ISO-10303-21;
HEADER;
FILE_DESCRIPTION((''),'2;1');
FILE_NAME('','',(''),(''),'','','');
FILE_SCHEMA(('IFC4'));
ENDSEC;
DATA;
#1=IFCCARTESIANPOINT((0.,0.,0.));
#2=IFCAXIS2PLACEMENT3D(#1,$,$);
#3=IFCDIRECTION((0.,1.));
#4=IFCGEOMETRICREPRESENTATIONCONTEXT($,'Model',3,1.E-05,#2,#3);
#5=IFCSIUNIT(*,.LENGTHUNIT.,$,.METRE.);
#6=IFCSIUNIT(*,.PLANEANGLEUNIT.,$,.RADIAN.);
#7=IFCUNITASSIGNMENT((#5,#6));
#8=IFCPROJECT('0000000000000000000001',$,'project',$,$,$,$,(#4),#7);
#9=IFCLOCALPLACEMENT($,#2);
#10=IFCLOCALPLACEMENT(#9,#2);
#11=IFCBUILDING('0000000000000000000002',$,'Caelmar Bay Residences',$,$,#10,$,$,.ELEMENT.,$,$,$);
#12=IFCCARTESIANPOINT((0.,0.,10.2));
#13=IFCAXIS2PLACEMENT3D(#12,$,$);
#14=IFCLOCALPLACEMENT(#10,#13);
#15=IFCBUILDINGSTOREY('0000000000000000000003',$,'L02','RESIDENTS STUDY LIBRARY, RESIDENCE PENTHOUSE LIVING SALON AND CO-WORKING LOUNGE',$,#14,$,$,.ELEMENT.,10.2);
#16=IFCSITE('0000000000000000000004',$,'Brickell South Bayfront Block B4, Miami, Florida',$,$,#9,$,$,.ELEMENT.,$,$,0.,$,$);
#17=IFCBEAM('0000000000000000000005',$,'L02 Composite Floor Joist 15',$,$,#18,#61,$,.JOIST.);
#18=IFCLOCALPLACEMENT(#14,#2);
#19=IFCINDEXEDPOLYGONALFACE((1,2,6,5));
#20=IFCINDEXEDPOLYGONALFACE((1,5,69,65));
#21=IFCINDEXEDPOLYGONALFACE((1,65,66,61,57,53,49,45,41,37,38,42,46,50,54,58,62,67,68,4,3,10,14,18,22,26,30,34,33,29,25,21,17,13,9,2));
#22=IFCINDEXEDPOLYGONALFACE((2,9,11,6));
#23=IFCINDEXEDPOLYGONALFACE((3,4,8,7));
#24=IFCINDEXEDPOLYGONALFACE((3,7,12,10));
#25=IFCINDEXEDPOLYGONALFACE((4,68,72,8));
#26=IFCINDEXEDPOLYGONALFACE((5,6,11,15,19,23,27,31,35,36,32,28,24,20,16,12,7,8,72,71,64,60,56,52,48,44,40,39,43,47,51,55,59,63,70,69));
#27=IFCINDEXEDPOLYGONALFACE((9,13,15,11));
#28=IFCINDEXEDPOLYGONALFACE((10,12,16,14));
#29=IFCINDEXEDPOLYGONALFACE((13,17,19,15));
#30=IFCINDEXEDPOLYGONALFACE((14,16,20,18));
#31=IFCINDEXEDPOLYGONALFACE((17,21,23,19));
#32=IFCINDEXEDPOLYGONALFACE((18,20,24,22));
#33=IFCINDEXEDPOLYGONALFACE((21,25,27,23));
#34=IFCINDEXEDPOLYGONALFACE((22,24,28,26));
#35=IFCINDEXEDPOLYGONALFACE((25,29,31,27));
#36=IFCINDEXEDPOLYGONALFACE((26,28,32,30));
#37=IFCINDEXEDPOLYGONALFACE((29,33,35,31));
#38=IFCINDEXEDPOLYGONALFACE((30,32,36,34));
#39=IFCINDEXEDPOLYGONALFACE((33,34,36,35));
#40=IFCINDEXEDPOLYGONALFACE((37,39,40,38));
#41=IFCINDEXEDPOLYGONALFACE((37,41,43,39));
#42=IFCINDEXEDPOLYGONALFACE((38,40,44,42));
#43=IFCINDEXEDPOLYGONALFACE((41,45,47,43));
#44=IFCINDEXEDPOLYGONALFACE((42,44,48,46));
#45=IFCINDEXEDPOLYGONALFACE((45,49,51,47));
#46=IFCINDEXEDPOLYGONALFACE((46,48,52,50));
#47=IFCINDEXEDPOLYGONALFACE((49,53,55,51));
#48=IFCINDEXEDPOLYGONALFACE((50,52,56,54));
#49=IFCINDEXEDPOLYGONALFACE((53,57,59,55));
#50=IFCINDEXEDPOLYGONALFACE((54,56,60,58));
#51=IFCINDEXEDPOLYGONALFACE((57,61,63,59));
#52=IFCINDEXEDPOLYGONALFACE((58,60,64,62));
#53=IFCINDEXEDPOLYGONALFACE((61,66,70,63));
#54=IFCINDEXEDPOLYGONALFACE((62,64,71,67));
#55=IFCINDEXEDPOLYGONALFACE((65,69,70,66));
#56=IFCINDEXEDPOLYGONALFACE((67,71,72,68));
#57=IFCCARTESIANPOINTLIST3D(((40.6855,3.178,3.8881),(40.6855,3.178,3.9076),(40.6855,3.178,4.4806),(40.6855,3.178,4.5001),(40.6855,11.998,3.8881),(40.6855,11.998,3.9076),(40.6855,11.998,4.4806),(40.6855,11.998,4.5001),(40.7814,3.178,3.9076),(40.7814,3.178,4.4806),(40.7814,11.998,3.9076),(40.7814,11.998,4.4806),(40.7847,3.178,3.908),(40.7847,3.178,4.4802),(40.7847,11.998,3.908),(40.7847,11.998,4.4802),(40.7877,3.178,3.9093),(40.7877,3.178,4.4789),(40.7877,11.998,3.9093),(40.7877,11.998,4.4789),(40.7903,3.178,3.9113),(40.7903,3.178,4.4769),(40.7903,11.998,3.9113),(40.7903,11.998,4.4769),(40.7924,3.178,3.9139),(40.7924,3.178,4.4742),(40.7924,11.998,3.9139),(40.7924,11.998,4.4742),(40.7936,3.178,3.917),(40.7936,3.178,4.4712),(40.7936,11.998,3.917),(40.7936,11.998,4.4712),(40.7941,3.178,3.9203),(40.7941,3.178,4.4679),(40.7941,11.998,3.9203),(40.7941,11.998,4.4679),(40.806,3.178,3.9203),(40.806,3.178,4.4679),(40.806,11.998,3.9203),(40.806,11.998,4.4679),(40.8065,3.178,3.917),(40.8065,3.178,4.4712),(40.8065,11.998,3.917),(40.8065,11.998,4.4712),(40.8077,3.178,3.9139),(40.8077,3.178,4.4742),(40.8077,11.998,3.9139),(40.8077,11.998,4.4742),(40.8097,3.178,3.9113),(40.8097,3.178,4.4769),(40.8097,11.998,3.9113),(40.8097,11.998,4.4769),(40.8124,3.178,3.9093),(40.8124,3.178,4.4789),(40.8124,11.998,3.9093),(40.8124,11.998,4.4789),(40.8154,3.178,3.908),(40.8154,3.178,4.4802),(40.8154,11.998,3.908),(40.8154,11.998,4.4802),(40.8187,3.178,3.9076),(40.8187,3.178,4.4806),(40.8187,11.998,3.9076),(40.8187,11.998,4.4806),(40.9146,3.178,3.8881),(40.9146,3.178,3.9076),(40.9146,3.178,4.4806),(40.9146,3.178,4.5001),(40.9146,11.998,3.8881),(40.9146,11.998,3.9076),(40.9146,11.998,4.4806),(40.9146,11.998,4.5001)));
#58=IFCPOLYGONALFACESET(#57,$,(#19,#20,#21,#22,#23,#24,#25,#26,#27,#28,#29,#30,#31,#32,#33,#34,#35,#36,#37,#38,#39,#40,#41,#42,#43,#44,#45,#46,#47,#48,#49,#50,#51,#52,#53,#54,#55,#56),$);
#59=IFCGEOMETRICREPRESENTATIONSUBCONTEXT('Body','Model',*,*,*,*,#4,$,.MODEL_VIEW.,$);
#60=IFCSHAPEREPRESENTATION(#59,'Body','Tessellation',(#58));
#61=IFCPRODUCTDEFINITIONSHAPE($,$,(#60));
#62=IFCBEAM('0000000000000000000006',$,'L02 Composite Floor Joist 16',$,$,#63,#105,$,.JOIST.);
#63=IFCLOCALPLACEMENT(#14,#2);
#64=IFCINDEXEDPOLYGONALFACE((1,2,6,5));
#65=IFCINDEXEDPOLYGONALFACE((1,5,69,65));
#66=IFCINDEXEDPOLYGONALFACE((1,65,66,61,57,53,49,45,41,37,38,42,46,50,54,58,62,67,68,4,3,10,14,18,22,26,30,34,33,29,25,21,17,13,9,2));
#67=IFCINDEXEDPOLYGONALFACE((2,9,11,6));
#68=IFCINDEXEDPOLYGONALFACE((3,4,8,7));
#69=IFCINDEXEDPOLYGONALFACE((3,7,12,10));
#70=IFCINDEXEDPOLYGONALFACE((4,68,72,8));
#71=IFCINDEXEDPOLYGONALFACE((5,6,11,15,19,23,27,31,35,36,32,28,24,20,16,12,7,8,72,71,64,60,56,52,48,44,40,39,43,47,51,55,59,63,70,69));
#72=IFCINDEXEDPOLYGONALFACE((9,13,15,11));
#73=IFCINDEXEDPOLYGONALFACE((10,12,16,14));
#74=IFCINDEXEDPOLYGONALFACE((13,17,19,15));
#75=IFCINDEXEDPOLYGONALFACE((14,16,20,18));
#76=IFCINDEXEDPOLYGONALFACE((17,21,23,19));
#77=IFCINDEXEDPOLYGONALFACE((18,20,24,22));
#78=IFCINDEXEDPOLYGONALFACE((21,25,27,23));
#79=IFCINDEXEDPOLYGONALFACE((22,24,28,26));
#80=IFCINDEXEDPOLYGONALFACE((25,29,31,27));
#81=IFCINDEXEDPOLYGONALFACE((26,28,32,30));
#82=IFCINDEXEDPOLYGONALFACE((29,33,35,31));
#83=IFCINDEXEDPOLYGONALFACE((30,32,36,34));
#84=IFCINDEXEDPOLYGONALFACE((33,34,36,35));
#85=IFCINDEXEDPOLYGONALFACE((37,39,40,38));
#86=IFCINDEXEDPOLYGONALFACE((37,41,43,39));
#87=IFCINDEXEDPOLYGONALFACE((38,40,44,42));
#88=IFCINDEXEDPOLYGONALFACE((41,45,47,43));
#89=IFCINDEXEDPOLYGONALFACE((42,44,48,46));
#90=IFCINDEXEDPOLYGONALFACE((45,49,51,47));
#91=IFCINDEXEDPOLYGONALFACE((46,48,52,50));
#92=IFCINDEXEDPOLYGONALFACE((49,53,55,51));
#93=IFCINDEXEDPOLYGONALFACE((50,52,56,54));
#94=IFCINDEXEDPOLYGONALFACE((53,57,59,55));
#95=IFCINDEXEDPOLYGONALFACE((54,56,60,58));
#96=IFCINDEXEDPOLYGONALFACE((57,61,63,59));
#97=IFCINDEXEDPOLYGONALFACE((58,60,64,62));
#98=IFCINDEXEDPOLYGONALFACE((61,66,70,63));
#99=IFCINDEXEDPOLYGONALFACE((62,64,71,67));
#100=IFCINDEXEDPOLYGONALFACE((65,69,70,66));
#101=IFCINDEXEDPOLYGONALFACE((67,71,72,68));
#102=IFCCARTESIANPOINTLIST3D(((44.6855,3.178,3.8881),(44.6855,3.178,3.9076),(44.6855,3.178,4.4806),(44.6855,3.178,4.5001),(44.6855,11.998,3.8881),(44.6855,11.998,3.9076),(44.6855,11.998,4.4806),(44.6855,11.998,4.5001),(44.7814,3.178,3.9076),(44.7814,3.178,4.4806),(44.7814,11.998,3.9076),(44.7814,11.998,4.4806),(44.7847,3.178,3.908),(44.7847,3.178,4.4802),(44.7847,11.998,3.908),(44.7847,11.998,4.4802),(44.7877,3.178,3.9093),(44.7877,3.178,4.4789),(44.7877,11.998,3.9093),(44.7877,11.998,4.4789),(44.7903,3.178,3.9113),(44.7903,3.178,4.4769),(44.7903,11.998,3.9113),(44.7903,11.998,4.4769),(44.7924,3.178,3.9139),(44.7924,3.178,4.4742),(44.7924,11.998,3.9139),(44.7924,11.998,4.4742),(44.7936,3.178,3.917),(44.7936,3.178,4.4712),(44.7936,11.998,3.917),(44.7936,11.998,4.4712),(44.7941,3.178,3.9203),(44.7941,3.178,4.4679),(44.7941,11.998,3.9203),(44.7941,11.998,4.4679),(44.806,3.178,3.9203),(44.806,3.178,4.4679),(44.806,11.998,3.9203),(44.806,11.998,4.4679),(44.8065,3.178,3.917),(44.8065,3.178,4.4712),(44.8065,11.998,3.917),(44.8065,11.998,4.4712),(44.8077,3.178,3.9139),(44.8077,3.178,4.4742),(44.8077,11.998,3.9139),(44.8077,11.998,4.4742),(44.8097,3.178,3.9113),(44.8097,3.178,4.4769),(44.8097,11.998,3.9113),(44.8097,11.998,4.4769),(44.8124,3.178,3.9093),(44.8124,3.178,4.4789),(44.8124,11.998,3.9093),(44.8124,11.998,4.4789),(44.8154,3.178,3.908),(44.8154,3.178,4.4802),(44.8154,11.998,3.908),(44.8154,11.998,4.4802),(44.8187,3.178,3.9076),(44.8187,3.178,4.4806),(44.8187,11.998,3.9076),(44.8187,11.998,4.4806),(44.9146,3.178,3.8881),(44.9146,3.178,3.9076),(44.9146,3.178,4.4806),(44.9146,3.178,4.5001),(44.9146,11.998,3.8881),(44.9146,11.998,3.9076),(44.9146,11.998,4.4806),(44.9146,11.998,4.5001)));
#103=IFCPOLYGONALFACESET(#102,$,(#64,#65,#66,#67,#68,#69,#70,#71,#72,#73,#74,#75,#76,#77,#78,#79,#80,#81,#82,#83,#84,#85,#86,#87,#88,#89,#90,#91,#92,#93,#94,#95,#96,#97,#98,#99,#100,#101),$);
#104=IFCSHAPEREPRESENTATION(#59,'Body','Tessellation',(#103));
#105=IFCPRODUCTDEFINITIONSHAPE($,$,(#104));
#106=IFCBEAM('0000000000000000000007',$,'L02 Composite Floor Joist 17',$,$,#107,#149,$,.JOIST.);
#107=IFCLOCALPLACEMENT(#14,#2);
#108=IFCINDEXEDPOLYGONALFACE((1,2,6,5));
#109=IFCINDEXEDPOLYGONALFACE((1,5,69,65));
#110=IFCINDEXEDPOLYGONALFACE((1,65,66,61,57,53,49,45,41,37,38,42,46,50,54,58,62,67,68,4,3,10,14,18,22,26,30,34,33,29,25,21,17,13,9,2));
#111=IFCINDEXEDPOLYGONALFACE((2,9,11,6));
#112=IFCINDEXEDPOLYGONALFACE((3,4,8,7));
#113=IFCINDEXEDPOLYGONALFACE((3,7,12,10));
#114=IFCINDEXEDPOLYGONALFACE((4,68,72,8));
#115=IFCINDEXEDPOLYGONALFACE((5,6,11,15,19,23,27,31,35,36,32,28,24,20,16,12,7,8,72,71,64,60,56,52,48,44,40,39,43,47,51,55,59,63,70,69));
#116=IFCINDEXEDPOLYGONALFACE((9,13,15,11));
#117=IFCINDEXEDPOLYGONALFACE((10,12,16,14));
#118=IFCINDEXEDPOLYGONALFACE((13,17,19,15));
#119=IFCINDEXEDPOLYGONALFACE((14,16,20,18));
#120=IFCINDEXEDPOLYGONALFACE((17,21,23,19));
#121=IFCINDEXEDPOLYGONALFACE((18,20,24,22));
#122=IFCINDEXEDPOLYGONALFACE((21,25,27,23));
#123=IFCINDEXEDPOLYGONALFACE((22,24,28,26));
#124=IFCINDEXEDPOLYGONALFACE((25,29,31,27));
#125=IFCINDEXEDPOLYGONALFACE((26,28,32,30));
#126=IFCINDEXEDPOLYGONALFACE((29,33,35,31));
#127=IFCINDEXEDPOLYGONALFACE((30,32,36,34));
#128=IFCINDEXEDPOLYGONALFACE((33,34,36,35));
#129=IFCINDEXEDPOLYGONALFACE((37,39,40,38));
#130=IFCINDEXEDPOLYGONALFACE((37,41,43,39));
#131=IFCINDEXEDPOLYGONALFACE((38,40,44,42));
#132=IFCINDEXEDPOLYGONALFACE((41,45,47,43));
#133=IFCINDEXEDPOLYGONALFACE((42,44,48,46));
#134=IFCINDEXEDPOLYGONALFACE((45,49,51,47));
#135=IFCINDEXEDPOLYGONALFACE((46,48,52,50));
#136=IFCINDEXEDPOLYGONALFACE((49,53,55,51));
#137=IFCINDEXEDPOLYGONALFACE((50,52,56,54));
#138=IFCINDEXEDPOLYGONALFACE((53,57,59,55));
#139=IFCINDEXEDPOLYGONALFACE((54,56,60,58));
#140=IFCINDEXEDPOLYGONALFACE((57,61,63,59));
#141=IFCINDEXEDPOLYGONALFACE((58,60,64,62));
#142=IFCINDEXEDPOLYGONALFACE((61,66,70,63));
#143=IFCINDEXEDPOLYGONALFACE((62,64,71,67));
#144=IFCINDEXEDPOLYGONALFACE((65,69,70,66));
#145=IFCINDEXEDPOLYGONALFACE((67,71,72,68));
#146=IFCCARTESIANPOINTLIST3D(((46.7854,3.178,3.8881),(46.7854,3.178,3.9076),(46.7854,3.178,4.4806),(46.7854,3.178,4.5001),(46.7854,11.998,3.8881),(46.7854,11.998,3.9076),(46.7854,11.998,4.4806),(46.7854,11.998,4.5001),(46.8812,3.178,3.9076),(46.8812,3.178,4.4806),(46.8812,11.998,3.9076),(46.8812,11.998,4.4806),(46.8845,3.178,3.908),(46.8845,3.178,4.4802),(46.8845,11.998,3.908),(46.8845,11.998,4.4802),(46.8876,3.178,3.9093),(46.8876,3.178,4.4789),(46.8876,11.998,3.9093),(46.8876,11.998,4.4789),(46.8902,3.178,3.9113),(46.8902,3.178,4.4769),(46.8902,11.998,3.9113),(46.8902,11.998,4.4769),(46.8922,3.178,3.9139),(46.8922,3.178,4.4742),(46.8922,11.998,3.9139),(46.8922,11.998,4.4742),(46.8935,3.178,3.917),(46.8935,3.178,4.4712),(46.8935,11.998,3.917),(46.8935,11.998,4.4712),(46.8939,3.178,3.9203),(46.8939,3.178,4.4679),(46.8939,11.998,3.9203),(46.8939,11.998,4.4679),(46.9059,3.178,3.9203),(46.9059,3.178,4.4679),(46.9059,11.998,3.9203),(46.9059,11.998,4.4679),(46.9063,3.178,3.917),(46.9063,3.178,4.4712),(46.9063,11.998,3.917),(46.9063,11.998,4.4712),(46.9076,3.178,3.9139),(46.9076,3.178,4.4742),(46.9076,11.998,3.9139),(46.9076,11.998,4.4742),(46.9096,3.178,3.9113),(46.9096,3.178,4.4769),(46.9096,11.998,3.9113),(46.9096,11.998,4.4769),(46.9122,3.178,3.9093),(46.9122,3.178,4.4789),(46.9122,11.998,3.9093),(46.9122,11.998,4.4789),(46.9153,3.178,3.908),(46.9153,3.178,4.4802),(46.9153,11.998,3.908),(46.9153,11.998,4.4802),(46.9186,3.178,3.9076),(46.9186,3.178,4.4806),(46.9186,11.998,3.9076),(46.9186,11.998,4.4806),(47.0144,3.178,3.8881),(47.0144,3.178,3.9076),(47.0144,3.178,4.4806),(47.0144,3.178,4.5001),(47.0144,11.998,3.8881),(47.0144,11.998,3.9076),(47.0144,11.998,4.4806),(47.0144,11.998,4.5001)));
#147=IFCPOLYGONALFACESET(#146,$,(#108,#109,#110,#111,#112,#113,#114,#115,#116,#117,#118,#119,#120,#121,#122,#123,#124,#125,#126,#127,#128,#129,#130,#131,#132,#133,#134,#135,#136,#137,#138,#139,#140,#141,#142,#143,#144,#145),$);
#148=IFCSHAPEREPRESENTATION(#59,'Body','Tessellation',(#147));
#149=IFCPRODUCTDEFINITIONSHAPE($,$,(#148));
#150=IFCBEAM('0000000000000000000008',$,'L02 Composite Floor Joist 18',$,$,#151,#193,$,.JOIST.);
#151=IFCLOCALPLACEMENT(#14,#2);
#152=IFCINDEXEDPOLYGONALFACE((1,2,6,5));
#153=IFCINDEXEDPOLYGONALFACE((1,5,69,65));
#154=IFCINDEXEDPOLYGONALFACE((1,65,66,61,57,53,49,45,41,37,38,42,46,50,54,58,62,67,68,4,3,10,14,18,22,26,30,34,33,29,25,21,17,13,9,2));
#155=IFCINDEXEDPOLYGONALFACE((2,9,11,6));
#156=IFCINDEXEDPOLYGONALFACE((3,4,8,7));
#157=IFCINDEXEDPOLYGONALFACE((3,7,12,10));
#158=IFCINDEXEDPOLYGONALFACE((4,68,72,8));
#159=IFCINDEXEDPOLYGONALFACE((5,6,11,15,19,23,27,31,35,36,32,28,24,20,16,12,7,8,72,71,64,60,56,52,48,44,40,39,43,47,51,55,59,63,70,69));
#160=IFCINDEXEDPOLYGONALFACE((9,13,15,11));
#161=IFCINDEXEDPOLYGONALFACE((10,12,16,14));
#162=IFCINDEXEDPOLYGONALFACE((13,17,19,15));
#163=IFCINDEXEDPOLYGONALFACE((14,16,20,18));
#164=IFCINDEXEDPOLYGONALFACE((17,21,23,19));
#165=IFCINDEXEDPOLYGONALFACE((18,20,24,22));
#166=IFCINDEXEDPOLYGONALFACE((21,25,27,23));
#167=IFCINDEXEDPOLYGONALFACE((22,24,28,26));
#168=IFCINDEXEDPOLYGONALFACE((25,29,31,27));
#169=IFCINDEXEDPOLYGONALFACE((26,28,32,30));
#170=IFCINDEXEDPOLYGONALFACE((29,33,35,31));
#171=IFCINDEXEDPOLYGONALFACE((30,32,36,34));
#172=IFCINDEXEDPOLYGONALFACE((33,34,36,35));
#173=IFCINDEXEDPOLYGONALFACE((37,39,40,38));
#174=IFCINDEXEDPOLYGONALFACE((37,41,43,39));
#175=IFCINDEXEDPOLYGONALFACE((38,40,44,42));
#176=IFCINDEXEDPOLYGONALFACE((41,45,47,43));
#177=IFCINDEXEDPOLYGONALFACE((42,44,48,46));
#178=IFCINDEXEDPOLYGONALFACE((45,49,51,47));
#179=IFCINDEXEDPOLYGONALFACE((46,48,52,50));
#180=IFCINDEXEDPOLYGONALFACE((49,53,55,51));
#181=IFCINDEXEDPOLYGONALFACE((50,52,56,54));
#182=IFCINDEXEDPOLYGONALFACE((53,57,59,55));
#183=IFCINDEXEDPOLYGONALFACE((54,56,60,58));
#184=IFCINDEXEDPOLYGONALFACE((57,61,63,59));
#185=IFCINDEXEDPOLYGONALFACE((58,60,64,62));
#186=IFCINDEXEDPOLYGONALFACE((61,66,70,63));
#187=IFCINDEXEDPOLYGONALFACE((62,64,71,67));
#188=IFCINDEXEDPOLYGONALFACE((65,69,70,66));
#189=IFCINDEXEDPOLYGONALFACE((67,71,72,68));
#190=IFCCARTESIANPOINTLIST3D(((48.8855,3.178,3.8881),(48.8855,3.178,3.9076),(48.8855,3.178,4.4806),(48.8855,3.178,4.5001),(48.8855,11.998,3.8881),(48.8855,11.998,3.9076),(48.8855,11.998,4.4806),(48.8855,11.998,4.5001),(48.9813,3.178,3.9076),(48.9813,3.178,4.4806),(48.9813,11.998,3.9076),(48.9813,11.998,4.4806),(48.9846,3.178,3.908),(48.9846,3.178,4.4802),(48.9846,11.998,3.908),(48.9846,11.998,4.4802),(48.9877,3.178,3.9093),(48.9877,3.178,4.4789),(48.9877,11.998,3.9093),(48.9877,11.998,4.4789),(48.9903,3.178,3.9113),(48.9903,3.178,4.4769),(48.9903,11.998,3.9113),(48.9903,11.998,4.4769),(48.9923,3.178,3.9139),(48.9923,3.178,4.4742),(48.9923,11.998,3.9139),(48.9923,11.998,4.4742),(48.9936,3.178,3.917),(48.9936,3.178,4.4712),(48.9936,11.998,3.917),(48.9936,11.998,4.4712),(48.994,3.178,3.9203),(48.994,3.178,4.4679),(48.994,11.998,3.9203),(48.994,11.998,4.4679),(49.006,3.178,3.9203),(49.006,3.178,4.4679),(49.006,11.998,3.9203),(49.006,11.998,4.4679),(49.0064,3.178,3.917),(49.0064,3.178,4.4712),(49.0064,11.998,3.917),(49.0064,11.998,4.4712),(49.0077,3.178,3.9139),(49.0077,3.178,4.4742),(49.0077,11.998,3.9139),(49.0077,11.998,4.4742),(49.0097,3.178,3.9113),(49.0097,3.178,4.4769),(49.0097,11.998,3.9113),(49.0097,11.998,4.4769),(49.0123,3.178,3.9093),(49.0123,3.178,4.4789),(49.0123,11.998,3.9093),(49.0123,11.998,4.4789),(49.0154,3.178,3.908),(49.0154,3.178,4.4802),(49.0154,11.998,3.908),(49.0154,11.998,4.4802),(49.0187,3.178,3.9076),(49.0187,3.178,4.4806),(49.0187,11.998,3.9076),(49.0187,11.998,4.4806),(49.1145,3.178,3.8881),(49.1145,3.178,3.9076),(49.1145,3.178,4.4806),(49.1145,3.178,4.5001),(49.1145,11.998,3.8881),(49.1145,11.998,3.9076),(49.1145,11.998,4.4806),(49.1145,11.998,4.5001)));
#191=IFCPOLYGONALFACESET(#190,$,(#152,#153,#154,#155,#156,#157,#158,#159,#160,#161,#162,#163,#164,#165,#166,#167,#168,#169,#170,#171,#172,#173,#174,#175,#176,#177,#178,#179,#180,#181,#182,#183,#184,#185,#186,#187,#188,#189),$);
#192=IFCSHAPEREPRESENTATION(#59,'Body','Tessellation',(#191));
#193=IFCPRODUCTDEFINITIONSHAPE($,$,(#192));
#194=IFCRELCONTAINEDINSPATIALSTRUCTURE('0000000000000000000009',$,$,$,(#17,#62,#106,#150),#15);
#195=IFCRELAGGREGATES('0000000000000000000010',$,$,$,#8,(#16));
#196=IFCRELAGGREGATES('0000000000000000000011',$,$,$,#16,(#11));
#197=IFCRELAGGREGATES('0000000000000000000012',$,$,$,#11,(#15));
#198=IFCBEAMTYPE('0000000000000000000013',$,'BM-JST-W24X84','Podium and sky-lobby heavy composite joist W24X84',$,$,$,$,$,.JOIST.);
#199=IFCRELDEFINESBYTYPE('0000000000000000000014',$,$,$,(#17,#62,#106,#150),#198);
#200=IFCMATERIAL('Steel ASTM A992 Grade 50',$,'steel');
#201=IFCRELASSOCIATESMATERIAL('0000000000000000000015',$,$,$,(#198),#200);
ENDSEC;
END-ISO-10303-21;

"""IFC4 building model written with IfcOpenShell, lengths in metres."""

from ifc_helpers import new_model, si_unit, direction, frame, origin, origin_2d, place, context, subcontext, project, spatial, i_section, extrude, material, material_profile, profile_set, type_object, element, save


model = new_model("IFC4")

# Units and contexts
model_context = context("Model", 3, precision=1e-05, world=origin(), true_north=direction((0.0, 1.0)))
body_context = subcontext(model_context, "Body", "Model", "MODEL_VIEW")
ifc_project = project(units=[si_unit("LENGTHUNIT", "METRE"), si_unit("PLANEANGLEUNIT", "RADIAN")], contexts=[model_context])

# Site, building, storey
site_placement = place(None, origin())
site = spatial("IfcSite", under=ifc_project, at=site_placement, Name="Brickell South Bayfront Block B4, Miami, Florida", CompositionType="ELEMENT", RefElevation=0.0)
building_placement = place(site_placement, origin())
building = spatial("IfcBuilding", under=site, at=building_placement, Name="Caelmar Bay Residences", CompositionType="ELEMENT")
storey_placement = place(building_placement, frame((0.0, 0.0, 10.2)))
storey = spatial("IfcBuildingStorey", under=building, at=storey_placement, Name="L02", Description="RESIDENTS STUDY LIBRARY, RESIDENCE PENTHOUSE LIVING SALON AND CO-WORKING LOUNGE", CompositionType="ELEMENT", Elevation=10.2)

# Beams
ifc_material_1 = material(Name="Steel ASTM A992 Grade 50", Category="steel")
ifc_material_profile_1 = material_profile(ifc_material_1, i_section(OverallWidth=0.229, OverallDepth=0.6121, WebThickness=0.012, FlangeThickness=0.0195, FilletRadius=0.0127, at=origin_2d()), Name="W24X84")
ifc_profile_set_1 = profile_set([ifc_material_profile_1], Name="Steel ASTM A992 Grade 50")
beam_type_1 = type_object("IfcBeamType", Name="BM-JST-W24X84", Description="Podium and sky-lobby heavy composite joist W24X84", PredefinedType="JOIST", material=ifc_profile_set_1)
for number, where, z_axis, x_axis, name in (
    (1, (40.8, 3.178, 4.1941), (0.0, 1.0, 0.0), (-1.0, 0.0, 0.0), "L02 Composite Floor Joist 15"),
    (2, (44.8, 3.178, 4.1941), (0.0, 1.0, 0.0), (-1.0, 0.0, 0.0), "L02 Composite Floor Joist 16"),
    (3, (46.8999, 3.178, 4.1941), (0.0, 1.0, 0.0), (-1.0, 0.0, 0.0), "L02 Composite Floor Joist 17"),
    (4, (49.0, 3.178, 4.1941), (0.0, 1.0, 0.0), (-1.0, 0.0, 0.0), "L02 Composite Floor Joist 18"),
):
    element("IfcBeam", number, at=place(storey_placement, frame(where, z_axis=z_axis, x_axis=x_axis)), inside=storey, type_object=beam_type_1, Name=name, PredefinedType="JOIST", context=body_context, shape_type="SweptSolid", body=[
        extrude(i_section(OverallWidth=0.229, OverallDepth=0.6121, WebThickness=0.012, FlangeThickness=0.0195, FilletRadius=0.0127, at=origin_2d()), origin(), (0.0, 0.0, 1.0), 8.8201),
    ])

save(model, "model.ifc")
